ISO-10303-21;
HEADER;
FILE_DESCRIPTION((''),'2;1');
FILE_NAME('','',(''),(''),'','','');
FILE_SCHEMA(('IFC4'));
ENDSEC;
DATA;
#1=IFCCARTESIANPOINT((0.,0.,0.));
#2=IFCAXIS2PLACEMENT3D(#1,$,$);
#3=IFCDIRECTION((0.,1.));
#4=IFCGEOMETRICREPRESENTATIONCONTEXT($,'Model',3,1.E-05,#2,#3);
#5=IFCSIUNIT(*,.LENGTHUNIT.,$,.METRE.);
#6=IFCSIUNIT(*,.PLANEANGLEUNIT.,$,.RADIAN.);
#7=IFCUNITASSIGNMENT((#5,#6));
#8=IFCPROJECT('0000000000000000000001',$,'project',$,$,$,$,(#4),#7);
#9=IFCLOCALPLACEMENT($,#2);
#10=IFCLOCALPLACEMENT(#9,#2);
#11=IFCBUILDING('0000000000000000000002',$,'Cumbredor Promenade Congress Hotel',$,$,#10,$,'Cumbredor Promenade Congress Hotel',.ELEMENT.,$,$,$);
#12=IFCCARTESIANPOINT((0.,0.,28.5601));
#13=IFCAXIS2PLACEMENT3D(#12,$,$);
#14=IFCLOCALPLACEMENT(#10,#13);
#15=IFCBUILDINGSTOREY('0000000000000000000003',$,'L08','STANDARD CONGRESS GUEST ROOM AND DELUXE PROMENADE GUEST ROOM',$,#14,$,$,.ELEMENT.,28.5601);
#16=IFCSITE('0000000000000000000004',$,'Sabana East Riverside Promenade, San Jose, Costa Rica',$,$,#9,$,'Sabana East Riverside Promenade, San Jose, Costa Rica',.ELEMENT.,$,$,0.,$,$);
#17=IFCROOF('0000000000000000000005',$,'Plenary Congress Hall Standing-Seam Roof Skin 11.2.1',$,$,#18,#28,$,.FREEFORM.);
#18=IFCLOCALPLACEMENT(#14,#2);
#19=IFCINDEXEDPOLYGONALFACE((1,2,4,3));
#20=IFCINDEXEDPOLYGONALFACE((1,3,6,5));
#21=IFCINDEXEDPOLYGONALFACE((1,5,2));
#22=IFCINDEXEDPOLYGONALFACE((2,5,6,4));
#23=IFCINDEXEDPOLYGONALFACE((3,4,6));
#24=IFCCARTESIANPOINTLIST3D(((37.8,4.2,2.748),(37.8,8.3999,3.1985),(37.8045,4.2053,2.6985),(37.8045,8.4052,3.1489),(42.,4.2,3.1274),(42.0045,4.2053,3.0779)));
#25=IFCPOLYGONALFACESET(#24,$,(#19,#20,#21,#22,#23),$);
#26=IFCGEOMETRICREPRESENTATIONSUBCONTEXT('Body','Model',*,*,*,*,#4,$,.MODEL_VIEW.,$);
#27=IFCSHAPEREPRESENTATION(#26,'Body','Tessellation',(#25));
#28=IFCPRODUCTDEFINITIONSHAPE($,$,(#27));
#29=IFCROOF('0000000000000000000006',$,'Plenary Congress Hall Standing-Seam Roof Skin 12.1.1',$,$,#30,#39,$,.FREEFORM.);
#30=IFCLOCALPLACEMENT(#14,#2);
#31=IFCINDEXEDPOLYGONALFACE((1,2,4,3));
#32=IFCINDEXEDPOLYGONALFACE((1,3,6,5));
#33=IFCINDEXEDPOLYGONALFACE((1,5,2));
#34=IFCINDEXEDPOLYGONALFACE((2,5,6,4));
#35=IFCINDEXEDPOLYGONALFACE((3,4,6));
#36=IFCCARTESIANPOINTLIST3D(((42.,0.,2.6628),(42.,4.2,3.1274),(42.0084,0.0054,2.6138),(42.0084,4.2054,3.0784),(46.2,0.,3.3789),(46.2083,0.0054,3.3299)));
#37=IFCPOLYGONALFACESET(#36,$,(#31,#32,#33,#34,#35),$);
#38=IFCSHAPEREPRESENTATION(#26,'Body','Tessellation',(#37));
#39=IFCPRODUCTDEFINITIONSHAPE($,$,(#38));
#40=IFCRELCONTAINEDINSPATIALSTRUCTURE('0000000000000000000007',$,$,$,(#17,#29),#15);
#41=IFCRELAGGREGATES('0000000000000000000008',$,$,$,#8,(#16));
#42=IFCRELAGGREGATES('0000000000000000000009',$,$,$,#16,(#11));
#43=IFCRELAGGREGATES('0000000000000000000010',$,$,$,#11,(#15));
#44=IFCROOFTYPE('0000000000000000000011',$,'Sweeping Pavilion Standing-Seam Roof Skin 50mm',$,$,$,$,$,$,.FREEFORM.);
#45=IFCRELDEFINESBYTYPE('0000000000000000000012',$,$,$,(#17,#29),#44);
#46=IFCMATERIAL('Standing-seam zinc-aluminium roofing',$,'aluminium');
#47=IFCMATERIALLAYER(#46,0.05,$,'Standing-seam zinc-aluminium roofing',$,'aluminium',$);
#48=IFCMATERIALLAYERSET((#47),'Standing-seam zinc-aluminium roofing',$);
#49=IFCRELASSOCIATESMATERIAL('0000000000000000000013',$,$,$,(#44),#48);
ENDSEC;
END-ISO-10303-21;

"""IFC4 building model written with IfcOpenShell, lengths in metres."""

from ifc_helpers import new_model, si_unit, direction, frame, origin, place, context, subcontext, project, spatial, polyline, outline, extrude, material, layer, layer_set, type_object, element, save


model = new_model("IFC4")

# Units and contexts
model_context = context("Model", 3, precision=1e-05, world=origin(), true_north=direction((0.0, 1.0)))
body_context = subcontext(model_context, "Body", "Model", "MODEL_VIEW")
ifc_project = project(units=[si_unit("LENGTHUNIT", "METRE"), si_unit("PLANEANGLEUNIT", "RADIAN")], contexts=[model_context])

# Site, building, storey
site_placement = place(None, origin())
site = spatial("IfcSite", under=ifc_project, at=site_placement, Name="Sabana East Riverside Promenade, San Jose, Costa Rica", LongName="Sabana East Riverside Promenade, San Jose, Costa Rica", CompositionType="ELEMENT", RefElevation=0.0)
building_placement = place(site_placement, origin())
building = spatial("IfcBuilding", under=site, at=building_placement, Name="Cumbredor Promenade Congress Hotel", LongName="Cumbredor Promenade Congress Hotel", CompositionType="ELEMENT")
storey_placement = place(building_placement, frame((0.0, 0.0, 28.5601)))
storey = spatial("IfcBuildingStorey", under=building, at=storey_placement, Name="L08", Description="STANDARD CONGRESS GUEST ROOM AND DELUXE PROMENADE GUEST ROOM", CompositionType="ELEMENT", Elevation=28.5601)

# Roofs
ifc_material_1 = material(Name="Standing-seam zinc-aluminium roofing", Category="aluminium")
ifc_layer_1 = layer(ifc_material_1, 0.05, Name="Standing-seam zinc-aluminium roofing", Category="aluminium")
ifc_layer_set_1 = layer_set([ifc_layer_1], Name="Standing-seam zinc-aluminium roofing")
roof_type = type_object("IfcRoofType", Name="Sweeping Pavilion Standing-Seam Roof Skin 50mm", PredefinedType="FREEFORM", material=ifc_layer_set_1)
roof_1_placement = place(storey_placement, frame((37.8, 4.2, 2.748), z_axis=(-0.089458, -0.10621, 0.990311), x_axis=(0.995945, 0.0, 0.089967)))
element("IfcRoof", 1, at=roof_1_placement, inside=storey, type_object=roof_type, Name="Plenary Congress Hall Standing-Seam Roof Skin 11.2.1", PredefinedType="FREEFORM", context=body_context, shape_type="SweptSolid", body=[
    extrude(outline(polyline([(0.0, 0.0), (4.2171, 0.0), (0.0405, 4.2238), (0.0, 0.0)])), origin(), (0.0, 0.0, -1.0), 0.05),
])
roof_2_placement = place(storey_placement, frame((42.0, 0.0, 2.6628), z_axis=(-0.167078, -0.108404, 0.979966), x_axis=(0.985775, 0.0, 0.168068)))
element("IfcRoof", 2, at=roof_2_placement, inside=storey, type_object=roof_type, Name="Plenary Congress Hall Standing-Seam Roof Skin 12.1.1", PredefinedType="FREEFORM", context=body_context, shape_type="SweptSolid", body=[
    extrude(outline(polyline([(0.0, 0.0), (4.2606, 0.0), (0.0781, 4.2248), (0.0, 0.0)])), origin(), (0.0, 0.0, -1.0), 0.05),
])

save(model, "model.ifc")
